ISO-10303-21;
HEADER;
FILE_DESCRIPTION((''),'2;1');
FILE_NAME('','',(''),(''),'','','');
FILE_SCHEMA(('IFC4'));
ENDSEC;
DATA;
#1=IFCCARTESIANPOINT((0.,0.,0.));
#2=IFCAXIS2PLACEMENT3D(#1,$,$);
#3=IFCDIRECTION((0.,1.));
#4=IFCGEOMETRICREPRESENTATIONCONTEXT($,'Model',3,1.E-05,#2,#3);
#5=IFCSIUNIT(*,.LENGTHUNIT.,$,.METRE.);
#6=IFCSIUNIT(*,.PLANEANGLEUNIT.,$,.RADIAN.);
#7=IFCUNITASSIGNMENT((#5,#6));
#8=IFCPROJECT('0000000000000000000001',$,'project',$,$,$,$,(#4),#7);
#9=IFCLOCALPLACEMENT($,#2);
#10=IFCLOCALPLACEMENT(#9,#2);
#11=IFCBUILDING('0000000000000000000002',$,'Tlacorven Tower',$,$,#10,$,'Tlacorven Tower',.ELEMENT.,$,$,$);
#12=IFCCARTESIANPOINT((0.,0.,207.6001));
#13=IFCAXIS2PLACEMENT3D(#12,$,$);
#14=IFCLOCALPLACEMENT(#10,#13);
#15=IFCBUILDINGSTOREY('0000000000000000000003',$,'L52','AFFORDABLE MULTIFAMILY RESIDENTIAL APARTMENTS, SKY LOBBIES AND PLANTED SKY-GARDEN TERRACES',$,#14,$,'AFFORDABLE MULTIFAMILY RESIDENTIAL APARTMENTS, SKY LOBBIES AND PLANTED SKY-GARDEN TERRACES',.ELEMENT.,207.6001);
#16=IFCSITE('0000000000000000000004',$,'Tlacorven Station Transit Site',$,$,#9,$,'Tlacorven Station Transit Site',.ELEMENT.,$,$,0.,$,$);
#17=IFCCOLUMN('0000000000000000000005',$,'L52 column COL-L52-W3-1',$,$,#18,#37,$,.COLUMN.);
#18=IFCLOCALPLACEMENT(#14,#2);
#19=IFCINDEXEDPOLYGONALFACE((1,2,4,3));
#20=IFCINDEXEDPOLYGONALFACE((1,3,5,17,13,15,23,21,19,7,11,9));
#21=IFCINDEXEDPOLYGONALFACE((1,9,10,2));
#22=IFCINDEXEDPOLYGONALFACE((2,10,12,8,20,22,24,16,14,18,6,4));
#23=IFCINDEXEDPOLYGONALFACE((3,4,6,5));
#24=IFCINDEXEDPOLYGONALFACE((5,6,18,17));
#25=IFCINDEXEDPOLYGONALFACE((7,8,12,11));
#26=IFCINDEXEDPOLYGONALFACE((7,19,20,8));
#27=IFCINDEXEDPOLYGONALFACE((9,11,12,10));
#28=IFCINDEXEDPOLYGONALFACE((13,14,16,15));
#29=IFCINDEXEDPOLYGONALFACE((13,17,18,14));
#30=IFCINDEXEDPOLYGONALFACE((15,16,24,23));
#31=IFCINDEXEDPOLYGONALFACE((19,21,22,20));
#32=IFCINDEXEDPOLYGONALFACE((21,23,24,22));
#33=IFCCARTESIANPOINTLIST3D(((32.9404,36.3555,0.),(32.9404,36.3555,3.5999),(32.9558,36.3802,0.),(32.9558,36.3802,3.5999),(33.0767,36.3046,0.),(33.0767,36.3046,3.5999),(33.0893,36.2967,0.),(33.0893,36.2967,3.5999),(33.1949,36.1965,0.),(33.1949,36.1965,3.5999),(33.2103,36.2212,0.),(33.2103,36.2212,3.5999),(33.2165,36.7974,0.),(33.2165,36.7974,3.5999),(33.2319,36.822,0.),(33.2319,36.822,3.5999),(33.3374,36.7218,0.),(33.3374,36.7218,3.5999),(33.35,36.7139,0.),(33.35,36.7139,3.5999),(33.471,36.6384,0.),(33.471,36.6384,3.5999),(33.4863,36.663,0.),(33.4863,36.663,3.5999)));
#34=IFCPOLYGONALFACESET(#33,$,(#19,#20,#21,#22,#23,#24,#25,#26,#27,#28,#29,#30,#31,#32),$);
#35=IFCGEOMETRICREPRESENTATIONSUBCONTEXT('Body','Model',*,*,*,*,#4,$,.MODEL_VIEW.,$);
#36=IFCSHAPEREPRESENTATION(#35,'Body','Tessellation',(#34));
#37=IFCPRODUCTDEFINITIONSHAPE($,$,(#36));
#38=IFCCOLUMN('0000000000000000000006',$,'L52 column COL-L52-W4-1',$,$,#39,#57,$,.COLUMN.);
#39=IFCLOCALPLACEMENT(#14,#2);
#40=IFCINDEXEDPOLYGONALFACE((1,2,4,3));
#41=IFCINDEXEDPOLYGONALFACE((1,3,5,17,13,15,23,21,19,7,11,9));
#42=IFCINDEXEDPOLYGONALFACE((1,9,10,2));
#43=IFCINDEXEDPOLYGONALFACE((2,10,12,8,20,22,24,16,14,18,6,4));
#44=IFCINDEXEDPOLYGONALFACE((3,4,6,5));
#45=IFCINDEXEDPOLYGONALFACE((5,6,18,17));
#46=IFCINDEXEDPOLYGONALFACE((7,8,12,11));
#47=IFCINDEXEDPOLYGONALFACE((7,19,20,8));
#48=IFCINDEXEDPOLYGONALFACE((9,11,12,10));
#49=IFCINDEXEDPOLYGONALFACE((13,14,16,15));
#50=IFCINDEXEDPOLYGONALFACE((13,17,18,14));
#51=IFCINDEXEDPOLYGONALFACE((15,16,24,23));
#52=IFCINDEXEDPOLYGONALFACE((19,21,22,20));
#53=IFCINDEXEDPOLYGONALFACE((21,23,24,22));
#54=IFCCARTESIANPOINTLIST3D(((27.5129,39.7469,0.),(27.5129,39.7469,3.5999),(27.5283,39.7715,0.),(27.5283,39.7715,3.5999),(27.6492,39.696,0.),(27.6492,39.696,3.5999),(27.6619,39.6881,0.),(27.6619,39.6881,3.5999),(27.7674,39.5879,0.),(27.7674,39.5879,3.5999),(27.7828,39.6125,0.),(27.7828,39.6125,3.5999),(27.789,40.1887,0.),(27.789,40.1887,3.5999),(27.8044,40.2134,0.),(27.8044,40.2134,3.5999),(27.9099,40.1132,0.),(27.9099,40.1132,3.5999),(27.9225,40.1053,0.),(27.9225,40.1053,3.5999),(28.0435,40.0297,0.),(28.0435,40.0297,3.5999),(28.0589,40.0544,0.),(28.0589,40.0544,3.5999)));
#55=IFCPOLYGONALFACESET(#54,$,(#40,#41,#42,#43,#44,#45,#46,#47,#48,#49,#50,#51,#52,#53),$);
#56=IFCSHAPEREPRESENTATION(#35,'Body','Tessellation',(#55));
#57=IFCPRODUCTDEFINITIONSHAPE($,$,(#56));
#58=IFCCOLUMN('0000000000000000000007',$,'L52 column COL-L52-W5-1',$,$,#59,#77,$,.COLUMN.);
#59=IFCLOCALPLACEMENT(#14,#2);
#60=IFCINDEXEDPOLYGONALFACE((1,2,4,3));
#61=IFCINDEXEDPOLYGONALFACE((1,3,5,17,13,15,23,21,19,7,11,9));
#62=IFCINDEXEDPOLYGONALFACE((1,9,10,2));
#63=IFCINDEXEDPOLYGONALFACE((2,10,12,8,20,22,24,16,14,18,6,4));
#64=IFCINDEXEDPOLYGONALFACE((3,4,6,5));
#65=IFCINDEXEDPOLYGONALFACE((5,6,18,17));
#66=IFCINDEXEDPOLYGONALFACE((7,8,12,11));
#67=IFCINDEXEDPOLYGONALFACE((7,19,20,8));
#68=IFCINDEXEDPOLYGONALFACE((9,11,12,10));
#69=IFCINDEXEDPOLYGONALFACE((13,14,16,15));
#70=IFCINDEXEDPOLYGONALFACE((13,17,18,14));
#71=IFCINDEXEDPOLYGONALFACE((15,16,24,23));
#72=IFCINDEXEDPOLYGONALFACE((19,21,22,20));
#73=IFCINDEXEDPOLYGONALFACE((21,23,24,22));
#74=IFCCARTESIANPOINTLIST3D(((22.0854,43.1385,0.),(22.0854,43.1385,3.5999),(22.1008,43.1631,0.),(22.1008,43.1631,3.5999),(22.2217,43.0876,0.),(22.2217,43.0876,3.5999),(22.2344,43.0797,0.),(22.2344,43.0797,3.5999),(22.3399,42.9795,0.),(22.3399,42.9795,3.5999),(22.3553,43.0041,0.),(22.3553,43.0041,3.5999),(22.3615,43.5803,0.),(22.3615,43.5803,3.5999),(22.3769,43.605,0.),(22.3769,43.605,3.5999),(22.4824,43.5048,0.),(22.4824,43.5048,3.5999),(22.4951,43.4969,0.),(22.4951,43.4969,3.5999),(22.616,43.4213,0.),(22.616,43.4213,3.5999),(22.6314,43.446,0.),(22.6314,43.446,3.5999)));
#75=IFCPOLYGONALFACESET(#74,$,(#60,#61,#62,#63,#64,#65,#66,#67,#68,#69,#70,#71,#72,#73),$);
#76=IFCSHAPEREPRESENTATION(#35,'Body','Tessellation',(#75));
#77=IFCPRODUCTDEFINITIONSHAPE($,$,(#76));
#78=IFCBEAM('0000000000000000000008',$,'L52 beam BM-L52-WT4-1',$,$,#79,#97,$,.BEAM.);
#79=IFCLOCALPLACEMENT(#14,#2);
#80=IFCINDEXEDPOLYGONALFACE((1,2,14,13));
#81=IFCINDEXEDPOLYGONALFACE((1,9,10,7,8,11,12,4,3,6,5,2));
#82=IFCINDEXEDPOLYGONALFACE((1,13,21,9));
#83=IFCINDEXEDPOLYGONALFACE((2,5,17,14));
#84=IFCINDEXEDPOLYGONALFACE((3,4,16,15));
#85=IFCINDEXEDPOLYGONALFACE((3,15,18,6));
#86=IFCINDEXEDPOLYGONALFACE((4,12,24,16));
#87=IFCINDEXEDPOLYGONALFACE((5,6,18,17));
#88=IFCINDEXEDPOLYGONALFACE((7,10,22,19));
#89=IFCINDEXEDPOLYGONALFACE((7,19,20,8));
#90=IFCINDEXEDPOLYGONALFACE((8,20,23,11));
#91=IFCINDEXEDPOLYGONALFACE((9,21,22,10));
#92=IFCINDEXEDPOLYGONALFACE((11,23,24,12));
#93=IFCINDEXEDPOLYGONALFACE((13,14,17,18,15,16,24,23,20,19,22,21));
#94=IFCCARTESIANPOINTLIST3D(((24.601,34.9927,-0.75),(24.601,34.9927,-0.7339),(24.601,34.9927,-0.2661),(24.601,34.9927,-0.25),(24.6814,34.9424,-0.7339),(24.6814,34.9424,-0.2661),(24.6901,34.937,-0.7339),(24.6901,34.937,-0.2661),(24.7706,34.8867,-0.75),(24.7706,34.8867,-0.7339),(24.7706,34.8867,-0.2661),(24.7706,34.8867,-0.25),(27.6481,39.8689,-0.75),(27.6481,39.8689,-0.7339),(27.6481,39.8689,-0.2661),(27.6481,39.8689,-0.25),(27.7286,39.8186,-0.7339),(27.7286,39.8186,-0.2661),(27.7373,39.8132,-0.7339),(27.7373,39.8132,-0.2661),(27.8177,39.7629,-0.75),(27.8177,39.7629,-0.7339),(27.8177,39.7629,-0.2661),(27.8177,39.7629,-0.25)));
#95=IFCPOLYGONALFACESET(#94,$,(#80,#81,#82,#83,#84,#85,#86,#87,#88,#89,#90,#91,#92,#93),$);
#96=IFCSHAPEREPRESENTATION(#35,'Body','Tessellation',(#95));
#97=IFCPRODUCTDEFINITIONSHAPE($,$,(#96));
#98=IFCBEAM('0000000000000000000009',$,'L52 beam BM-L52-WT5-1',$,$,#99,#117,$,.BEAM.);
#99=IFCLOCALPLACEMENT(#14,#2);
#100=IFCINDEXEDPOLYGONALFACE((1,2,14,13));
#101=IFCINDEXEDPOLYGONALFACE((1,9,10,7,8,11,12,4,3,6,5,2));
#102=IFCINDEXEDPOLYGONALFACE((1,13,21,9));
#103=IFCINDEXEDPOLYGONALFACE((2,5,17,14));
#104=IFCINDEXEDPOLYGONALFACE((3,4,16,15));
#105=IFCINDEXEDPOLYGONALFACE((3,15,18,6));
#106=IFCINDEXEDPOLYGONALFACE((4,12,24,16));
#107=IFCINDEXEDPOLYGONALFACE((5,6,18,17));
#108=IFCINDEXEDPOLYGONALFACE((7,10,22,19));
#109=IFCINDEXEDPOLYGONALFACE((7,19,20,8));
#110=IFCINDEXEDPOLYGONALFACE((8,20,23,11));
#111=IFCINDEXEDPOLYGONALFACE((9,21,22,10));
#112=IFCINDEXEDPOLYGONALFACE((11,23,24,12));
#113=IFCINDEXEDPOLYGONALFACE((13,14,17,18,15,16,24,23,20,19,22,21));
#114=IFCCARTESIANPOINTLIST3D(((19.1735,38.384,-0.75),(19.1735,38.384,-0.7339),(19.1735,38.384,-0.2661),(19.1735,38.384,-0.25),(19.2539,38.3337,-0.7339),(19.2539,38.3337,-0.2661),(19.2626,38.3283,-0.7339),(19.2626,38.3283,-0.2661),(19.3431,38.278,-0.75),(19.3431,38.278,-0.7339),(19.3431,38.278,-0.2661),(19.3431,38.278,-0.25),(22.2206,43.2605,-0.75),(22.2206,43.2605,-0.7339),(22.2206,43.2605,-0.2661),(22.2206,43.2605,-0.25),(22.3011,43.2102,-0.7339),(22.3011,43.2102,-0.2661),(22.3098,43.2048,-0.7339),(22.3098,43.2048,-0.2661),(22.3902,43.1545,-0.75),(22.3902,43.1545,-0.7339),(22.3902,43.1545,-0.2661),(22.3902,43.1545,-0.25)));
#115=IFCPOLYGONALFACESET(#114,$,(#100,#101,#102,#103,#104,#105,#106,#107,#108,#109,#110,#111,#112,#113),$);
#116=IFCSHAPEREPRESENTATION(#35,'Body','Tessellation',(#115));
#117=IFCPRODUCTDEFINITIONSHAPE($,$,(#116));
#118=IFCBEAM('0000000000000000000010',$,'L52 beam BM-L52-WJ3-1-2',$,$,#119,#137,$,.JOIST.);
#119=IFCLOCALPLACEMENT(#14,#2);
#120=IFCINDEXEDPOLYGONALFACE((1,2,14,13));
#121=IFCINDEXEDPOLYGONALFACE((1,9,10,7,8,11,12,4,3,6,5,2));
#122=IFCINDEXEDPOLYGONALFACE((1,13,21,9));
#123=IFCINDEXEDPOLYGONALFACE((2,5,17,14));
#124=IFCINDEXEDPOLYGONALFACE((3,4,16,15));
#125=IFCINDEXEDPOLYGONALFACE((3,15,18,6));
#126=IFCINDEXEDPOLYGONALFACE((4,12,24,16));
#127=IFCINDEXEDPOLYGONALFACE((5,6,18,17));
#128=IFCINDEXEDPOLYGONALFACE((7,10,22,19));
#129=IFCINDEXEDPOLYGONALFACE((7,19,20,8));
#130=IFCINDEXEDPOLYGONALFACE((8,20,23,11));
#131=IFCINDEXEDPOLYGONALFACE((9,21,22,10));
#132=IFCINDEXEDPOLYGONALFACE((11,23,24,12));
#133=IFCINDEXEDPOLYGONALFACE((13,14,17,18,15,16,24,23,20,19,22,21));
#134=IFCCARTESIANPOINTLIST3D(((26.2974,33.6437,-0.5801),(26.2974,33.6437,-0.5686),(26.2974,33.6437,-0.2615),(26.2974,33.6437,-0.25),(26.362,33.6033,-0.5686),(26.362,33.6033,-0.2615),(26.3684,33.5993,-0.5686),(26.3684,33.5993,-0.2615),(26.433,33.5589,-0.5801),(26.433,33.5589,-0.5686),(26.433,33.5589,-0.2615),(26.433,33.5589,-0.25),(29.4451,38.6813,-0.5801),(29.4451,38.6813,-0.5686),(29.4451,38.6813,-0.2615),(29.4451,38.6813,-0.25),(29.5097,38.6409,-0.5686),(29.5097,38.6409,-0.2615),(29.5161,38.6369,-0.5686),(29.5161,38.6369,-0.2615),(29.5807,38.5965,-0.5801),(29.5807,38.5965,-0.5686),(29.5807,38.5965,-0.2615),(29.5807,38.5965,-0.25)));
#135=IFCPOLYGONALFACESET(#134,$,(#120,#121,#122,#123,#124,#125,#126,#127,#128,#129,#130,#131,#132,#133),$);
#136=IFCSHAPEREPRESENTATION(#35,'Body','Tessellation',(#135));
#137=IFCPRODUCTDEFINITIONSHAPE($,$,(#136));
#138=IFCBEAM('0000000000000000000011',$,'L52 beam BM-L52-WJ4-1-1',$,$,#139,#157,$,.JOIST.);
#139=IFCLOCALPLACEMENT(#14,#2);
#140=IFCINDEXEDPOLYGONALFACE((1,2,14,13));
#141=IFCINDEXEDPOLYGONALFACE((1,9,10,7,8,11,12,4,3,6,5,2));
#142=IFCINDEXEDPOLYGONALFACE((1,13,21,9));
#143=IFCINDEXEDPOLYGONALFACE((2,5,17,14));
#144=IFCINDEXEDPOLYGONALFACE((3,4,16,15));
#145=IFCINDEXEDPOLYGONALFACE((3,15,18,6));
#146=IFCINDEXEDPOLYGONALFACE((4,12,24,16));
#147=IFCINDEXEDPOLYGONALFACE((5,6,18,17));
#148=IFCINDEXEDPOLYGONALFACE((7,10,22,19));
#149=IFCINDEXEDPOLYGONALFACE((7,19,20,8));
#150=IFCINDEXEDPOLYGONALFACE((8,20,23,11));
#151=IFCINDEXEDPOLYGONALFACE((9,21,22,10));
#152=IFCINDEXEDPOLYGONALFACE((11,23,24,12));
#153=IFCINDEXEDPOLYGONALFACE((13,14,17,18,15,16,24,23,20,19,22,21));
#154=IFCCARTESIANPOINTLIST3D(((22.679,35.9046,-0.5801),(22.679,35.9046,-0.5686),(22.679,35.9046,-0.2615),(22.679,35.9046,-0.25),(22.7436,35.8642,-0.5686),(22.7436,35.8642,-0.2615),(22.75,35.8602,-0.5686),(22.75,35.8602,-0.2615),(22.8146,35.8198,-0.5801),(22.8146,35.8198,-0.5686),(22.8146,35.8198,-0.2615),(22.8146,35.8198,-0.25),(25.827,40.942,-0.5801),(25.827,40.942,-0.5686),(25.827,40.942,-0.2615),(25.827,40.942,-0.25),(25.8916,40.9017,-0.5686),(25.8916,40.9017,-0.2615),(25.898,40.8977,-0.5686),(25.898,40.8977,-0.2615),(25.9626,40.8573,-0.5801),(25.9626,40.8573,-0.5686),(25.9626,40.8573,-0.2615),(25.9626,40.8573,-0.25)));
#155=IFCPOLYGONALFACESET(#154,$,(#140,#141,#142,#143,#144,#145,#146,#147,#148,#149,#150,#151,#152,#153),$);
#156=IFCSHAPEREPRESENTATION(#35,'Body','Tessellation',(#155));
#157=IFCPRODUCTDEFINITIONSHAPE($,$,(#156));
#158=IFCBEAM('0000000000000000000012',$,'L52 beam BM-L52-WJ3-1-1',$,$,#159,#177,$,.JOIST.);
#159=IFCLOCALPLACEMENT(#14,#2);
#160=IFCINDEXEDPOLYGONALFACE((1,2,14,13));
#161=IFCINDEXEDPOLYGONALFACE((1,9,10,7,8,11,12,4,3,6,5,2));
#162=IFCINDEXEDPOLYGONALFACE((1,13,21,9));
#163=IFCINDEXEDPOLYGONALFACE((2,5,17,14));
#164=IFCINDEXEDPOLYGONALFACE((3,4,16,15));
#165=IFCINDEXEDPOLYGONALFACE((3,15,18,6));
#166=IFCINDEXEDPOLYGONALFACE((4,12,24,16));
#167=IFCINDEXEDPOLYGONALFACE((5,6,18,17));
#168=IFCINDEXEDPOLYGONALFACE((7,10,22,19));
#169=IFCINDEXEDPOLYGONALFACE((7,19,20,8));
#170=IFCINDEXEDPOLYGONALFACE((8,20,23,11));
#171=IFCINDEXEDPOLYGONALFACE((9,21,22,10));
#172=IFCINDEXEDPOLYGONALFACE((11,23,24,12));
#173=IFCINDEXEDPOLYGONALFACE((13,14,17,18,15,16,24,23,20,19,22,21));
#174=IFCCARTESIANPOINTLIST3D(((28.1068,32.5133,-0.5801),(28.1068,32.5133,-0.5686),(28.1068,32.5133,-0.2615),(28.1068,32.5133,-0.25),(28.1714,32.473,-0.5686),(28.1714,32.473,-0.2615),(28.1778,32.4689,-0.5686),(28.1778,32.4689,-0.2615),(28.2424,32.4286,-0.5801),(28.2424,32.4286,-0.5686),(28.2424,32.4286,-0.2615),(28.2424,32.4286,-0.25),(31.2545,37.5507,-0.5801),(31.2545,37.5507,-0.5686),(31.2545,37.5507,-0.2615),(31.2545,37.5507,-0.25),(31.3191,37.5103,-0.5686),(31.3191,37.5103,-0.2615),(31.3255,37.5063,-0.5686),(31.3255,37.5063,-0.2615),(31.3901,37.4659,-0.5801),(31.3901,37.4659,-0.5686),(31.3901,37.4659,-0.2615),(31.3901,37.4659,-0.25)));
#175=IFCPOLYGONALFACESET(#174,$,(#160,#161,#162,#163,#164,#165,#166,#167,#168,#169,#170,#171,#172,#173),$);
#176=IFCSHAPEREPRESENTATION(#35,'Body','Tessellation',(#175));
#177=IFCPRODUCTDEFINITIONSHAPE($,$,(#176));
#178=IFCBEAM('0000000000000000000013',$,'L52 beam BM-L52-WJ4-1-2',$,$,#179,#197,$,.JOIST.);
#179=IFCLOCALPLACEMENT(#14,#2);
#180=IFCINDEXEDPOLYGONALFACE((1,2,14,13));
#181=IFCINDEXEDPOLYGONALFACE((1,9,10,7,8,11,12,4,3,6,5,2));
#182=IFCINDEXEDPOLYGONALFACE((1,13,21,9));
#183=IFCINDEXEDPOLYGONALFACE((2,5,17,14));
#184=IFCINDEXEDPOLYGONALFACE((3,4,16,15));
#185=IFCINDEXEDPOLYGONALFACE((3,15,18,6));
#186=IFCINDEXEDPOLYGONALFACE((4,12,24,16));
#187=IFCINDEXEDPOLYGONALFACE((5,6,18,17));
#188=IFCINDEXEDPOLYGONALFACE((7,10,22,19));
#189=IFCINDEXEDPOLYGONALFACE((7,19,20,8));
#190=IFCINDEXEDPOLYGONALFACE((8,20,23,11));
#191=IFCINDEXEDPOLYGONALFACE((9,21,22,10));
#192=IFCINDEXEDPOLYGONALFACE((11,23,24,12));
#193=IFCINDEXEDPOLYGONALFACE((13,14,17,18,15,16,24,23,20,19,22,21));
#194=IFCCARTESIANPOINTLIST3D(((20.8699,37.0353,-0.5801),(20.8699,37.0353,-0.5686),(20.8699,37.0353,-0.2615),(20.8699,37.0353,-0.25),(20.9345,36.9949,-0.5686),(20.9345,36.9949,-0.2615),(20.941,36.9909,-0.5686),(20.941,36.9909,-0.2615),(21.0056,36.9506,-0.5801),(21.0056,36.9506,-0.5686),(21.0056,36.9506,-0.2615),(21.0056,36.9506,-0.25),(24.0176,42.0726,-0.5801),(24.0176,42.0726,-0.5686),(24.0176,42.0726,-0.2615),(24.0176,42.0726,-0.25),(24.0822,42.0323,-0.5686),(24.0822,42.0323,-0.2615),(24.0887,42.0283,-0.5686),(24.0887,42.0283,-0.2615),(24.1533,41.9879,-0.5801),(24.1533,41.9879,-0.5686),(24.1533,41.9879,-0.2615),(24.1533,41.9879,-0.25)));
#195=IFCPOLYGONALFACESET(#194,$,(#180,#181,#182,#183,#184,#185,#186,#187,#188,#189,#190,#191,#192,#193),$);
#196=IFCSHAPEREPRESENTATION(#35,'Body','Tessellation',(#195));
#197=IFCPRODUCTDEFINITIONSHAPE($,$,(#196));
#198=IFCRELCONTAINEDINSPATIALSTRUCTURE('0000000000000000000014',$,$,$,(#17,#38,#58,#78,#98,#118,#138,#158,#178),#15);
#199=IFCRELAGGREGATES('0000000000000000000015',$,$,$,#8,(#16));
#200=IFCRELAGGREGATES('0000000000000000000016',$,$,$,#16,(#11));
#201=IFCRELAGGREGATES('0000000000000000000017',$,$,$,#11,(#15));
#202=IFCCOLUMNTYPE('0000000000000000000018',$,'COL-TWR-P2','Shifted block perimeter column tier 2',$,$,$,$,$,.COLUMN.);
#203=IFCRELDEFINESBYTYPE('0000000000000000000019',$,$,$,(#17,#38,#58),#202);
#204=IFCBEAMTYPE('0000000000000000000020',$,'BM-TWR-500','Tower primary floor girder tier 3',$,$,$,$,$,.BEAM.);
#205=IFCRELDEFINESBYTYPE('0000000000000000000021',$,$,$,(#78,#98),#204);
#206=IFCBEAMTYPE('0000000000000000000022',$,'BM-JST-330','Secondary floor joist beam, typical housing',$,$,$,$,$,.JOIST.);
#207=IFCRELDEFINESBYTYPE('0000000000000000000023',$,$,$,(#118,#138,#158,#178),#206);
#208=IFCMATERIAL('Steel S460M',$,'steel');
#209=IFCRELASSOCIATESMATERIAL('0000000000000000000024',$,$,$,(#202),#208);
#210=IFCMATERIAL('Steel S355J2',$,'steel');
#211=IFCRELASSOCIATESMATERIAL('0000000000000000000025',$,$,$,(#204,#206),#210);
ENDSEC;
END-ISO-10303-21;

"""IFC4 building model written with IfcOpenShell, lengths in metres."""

from ifc_helpers import new_model, si_unit, direction, frame, origin, origin_2d, place, context, subcontext, project, spatial, i_section, extrude, source, transform, mapped, material, material_profile, profile_set, type_object, element, save


model = new_model("IFC4")

# Units and contexts
model_context = context("Model", 3, precision=1e-05, world=origin(), true_north=direction((0.0, 1.0)))
body_context = subcontext(model_context, "Body", "Model", "MODEL_VIEW")
ifc_project = project(units=[si_unit("LENGTHUNIT", "METRE"), si_unit("PLANEANGLEUNIT", "RADIAN")], contexts=[model_context])

# Site, building, storey
site_placement = place(None, origin())
site = spatial("IfcSite", under=ifc_project, at=site_placement, Name="Tlacorven Station Transit Site", LongName="Tlacorven Station Transit Site", CompositionType="ELEMENT", RefElevation=0.0)
building_placement = place(site_placement, origin())
building = spatial("IfcBuilding", under=site, at=building_placement, Name="Tlacorven Tower", LongName="Tlacorven Tower", CompositionType="ELEMENT")
storey_placement = place(building_placement, frame((0.0, 0.0, 207.6001)))
storey = spatial("IfcBuildingStorey", under=building, at=storey_placement, Name="L52", Description="AFFORDABLE MULTIFAMILY RESIDENTIAL APARTMENTS, SKY LOBBIES AND PLANTED SKY-GARDEN TERRACES", LongName="AFFORDABLE MULTIFAMILY RESIDENTIAL APARTMENTS, SKY LOBBIES AND PLANTED SKY-GARDEN TERRACES", CompositionType="ELEMENT", Elevation=207.6001)

# Columns
ifc_material_1 = material(Name="Steel S460M", Category="steel")
ifc_material_profile_1 = material_profile(ifc_material_1, i_section(OverallWidth=0.3, OverallDepth=0.55, WebThickness=0.0149, FlangeThickness=0.0291, at=origin_2d()), Name="HEB 550")
ifc_profile_set_1 = profile_set([ifc_material_profile_1], Name="Steel S460M")
column_type = type_object("IfcColumnType", Name="COL-TWR-P2", Description="Shifted block perimeter column tier 2", PredefinedType="COLUMN", material=ifc_profile_set_1)
shared_shape_1 = source(origin(), body_context, "Body", "SweptSolid", [
    extrude(i_section(OverallWidth=0.3, OverallDepth=0.55, WebThickness=0.0149, FlangeThickness=0.0291, at=origin_2d()), origin(), (0.0, 0.0, 1.0), 3.5999),
])
for number, where, z_axis, x_axis, name in (
    (1, (33.2134, 36.5093, 0.0), (0.0, 0.0, 1.0), (-0.848048, 0.529919, 0.0), "L52 column COL-L52-W3-1"),
    (2, (27.7859, 39.9006, 0.0), (0.0, 0.0, 1.0), (-0.848048, 0.529919, 0.0), "L52 column COL-L52-W4-1"),
    (3, (22.3584, 43.2922, 0.0), (0.0, 0.0, 1.0), (-0.848048, 0.529919, 0.0), "L52 column COL-L52-W5-1"),
):
    element("IfcColumn", number, at=place(storey_placement, frame(where, z_axis=z_axis, x_axis=x_axis)), inside=storey, type_object=column_type, Name=name, PredefinedType="COLUMN", context=body_context, shape_type="MappedRepresentation", body=[
        mapped(shared_shape_1, transform((0.0, 0.0, 0.0), scale=1.0)),
    ])

# Beams
ifc_material_2 = material(Name="Steel S355J2", Category="steel")
ifc_material_profile_2 = material_profile(ifc_material_2, i_section(OverallWidth=0.2, OverallDepth=0.5, WebThickness=0.0103, FlangeThickness=0.0161, at=origin_2d()), Name="IPE 500")
ifc_profile_set_2 = profile_set([ifc_material_profile_2], Name="Steel S355J2")
beam_type_1 = type_object("IfcBeamType", Name="BM-TWR-500", Description="Tower primary floor girder tier 3", PredefinedType="BEAM", material=ifc_profile_set_2)
shared_shape_2 = source(origin(), body_context, "Body", "SweptSolid", [
    extrude(i_section(OverallWidth=0.2, OverallDepth=0.5, WebThickness=0.0103, FlangeThickness=0.0161, at=origin_2d()), origin(), (0.0, 0.0, 1.0), 5.75),
])
beam_1_placement = place(storey_placement, frame((27.7329, 39.8159, -0.5), z_axis=(-0.529934, -0.848039, 0.0), x_axis=(0.848039, -0.529934, 0.0)))
element("IfcBeam", 4, at=beam_1_placement, inside=storey, type_object=beam_type_1, Name="L52 beam BM-L52-WT4-1", PredefinedType="BEAM", context=body_context, shape_type="MappedRepresentation", body=[
    mapped(shared_shape_2, transform((0.0, 0.0, 0.0), scale=1.0)),
])
shared_shape_3 = source(origin(), body_context, "Body", "SweptSolid", [
    extrude(i_section(OverallWidth=0.2, OverallDepth=0.5, WebThickness=0.0103, FlangeThickness=0.0161, at=origin_2d()), origin(), (0.0, 0.0, 1.0), 5.7502),
])
beam_2_placement = place(storey_placement, frame((22.3054, 43.2075, -0.5), z_axis=(-0.529915, -0.848051, 0.0), x_axis=(0.848051, -0.529915, 0.0)))
element("IfcBeam", 5, at=beam_2_placement, inside=storey, type_object=beam_type_1, Name="L52 beam BM-L52-WT5-1", PredefinedType="BEAM", context=body_context, shape_type="MappedRepresentation", body=[
    mapped(shared_shape_3, transform((0.0, 0.0, 0.0), scale=1.0)),
])
ifc_material_profile_3 = material_profile(ifc_material_2, i_section(OverallWidth=0.1599, OverallDepth=0.3301, WebThickness=0.0076, FlangeThickness=0.0115, at=origin_2d()), Name="IPE 330")
ifc_profile_set_3 = profile_set([ifc_material_profile_3], Name="Steel S355J2")
beam_type_2 = type_object("IfcBeamType", Name="BM-JST-330", Description="Secondary floor joist beam, typical housing", PredefinedType="JOIST", material=ifc_profile_set_3)
shared_shape_4 = source(origin(), body_context, "Body", "SweptSolid", [
    extrude(i_section(OverallWidth=0.1599, OverallDepth=0.3301, WebThickness=0.0076, FlangeThickness=0.0115, at=origin_2d()), origin(), (0.0, 0.0, 1.0), 5.9402),
])
for number, where, z_axis, x_axis, name in (
    (6, (29.5129, 38.6389, -0.415), (-0.529903, -0.848058, 0.0), (0.848058, -0.529903, 0.0), "L52 beam BM-L52-WJ3-1-2"),
    (7, (25.8948, 40.8997, -0.415), (-0.529951, -0.848028, 0.0), (0.848028, -0.529951, 0.0), "L52 beam BM-L52-WJ4-1-1"),
):
    element("IfcBeam", number, at=place(storey_placement, frame(where, z_axis=z_axis, x_axis=x_axis)), inside=storey, type_object=beam_type_2, Name=name, PredefinedType="JOIST", context=body_context, shape_type="MappedRepresentation", body=[
        mapped(shared_shape_4, transform((0.0, 0.0, 0.0), scale=1.0)),
    ])
shared_shape_5 = source(origin(), body_context, "Body", "SweptSolid", [
    extrude(i_section(OverallWidth=0.1599, OverallDepth=0.3301, WebThickness=0.0076, FlangeThickness=0.0115, at=origin_2d()), origin(), (0.0, 0.0, 1.0), 5.9399),
])
for number, where, z_axis, x_axis, name in (
    (8, (31.3223, 37.5083, -0.415), (-0.529921, -0.848047, 0.0), (0.848047, -0.529921, 0.0), "L52 beam BM-L52-WJ3-1-1"),
    (9, (24.0854, 42.0303, -0.415), (-0.529921, -0.848047, 0.0), (0.848047, -0.529921, 0.0), "L52 beam BM-L52-WJ4-1-2"),
):
    element("IfcBeam", number, at=place(storey_placement, frame(where, z_axis=z_axis, x_axis=x_axis)), inside=storey, type_object=beam_type_2, Name=name, PredefinedType="JOIST", context=body_context, shape_type="MappedRepresentation", body=[
        mapped(shared_shape_5, transform((0.0, 0.0, 0.0), scale=1.0)),
    ])

save(model, "model.ifc")
